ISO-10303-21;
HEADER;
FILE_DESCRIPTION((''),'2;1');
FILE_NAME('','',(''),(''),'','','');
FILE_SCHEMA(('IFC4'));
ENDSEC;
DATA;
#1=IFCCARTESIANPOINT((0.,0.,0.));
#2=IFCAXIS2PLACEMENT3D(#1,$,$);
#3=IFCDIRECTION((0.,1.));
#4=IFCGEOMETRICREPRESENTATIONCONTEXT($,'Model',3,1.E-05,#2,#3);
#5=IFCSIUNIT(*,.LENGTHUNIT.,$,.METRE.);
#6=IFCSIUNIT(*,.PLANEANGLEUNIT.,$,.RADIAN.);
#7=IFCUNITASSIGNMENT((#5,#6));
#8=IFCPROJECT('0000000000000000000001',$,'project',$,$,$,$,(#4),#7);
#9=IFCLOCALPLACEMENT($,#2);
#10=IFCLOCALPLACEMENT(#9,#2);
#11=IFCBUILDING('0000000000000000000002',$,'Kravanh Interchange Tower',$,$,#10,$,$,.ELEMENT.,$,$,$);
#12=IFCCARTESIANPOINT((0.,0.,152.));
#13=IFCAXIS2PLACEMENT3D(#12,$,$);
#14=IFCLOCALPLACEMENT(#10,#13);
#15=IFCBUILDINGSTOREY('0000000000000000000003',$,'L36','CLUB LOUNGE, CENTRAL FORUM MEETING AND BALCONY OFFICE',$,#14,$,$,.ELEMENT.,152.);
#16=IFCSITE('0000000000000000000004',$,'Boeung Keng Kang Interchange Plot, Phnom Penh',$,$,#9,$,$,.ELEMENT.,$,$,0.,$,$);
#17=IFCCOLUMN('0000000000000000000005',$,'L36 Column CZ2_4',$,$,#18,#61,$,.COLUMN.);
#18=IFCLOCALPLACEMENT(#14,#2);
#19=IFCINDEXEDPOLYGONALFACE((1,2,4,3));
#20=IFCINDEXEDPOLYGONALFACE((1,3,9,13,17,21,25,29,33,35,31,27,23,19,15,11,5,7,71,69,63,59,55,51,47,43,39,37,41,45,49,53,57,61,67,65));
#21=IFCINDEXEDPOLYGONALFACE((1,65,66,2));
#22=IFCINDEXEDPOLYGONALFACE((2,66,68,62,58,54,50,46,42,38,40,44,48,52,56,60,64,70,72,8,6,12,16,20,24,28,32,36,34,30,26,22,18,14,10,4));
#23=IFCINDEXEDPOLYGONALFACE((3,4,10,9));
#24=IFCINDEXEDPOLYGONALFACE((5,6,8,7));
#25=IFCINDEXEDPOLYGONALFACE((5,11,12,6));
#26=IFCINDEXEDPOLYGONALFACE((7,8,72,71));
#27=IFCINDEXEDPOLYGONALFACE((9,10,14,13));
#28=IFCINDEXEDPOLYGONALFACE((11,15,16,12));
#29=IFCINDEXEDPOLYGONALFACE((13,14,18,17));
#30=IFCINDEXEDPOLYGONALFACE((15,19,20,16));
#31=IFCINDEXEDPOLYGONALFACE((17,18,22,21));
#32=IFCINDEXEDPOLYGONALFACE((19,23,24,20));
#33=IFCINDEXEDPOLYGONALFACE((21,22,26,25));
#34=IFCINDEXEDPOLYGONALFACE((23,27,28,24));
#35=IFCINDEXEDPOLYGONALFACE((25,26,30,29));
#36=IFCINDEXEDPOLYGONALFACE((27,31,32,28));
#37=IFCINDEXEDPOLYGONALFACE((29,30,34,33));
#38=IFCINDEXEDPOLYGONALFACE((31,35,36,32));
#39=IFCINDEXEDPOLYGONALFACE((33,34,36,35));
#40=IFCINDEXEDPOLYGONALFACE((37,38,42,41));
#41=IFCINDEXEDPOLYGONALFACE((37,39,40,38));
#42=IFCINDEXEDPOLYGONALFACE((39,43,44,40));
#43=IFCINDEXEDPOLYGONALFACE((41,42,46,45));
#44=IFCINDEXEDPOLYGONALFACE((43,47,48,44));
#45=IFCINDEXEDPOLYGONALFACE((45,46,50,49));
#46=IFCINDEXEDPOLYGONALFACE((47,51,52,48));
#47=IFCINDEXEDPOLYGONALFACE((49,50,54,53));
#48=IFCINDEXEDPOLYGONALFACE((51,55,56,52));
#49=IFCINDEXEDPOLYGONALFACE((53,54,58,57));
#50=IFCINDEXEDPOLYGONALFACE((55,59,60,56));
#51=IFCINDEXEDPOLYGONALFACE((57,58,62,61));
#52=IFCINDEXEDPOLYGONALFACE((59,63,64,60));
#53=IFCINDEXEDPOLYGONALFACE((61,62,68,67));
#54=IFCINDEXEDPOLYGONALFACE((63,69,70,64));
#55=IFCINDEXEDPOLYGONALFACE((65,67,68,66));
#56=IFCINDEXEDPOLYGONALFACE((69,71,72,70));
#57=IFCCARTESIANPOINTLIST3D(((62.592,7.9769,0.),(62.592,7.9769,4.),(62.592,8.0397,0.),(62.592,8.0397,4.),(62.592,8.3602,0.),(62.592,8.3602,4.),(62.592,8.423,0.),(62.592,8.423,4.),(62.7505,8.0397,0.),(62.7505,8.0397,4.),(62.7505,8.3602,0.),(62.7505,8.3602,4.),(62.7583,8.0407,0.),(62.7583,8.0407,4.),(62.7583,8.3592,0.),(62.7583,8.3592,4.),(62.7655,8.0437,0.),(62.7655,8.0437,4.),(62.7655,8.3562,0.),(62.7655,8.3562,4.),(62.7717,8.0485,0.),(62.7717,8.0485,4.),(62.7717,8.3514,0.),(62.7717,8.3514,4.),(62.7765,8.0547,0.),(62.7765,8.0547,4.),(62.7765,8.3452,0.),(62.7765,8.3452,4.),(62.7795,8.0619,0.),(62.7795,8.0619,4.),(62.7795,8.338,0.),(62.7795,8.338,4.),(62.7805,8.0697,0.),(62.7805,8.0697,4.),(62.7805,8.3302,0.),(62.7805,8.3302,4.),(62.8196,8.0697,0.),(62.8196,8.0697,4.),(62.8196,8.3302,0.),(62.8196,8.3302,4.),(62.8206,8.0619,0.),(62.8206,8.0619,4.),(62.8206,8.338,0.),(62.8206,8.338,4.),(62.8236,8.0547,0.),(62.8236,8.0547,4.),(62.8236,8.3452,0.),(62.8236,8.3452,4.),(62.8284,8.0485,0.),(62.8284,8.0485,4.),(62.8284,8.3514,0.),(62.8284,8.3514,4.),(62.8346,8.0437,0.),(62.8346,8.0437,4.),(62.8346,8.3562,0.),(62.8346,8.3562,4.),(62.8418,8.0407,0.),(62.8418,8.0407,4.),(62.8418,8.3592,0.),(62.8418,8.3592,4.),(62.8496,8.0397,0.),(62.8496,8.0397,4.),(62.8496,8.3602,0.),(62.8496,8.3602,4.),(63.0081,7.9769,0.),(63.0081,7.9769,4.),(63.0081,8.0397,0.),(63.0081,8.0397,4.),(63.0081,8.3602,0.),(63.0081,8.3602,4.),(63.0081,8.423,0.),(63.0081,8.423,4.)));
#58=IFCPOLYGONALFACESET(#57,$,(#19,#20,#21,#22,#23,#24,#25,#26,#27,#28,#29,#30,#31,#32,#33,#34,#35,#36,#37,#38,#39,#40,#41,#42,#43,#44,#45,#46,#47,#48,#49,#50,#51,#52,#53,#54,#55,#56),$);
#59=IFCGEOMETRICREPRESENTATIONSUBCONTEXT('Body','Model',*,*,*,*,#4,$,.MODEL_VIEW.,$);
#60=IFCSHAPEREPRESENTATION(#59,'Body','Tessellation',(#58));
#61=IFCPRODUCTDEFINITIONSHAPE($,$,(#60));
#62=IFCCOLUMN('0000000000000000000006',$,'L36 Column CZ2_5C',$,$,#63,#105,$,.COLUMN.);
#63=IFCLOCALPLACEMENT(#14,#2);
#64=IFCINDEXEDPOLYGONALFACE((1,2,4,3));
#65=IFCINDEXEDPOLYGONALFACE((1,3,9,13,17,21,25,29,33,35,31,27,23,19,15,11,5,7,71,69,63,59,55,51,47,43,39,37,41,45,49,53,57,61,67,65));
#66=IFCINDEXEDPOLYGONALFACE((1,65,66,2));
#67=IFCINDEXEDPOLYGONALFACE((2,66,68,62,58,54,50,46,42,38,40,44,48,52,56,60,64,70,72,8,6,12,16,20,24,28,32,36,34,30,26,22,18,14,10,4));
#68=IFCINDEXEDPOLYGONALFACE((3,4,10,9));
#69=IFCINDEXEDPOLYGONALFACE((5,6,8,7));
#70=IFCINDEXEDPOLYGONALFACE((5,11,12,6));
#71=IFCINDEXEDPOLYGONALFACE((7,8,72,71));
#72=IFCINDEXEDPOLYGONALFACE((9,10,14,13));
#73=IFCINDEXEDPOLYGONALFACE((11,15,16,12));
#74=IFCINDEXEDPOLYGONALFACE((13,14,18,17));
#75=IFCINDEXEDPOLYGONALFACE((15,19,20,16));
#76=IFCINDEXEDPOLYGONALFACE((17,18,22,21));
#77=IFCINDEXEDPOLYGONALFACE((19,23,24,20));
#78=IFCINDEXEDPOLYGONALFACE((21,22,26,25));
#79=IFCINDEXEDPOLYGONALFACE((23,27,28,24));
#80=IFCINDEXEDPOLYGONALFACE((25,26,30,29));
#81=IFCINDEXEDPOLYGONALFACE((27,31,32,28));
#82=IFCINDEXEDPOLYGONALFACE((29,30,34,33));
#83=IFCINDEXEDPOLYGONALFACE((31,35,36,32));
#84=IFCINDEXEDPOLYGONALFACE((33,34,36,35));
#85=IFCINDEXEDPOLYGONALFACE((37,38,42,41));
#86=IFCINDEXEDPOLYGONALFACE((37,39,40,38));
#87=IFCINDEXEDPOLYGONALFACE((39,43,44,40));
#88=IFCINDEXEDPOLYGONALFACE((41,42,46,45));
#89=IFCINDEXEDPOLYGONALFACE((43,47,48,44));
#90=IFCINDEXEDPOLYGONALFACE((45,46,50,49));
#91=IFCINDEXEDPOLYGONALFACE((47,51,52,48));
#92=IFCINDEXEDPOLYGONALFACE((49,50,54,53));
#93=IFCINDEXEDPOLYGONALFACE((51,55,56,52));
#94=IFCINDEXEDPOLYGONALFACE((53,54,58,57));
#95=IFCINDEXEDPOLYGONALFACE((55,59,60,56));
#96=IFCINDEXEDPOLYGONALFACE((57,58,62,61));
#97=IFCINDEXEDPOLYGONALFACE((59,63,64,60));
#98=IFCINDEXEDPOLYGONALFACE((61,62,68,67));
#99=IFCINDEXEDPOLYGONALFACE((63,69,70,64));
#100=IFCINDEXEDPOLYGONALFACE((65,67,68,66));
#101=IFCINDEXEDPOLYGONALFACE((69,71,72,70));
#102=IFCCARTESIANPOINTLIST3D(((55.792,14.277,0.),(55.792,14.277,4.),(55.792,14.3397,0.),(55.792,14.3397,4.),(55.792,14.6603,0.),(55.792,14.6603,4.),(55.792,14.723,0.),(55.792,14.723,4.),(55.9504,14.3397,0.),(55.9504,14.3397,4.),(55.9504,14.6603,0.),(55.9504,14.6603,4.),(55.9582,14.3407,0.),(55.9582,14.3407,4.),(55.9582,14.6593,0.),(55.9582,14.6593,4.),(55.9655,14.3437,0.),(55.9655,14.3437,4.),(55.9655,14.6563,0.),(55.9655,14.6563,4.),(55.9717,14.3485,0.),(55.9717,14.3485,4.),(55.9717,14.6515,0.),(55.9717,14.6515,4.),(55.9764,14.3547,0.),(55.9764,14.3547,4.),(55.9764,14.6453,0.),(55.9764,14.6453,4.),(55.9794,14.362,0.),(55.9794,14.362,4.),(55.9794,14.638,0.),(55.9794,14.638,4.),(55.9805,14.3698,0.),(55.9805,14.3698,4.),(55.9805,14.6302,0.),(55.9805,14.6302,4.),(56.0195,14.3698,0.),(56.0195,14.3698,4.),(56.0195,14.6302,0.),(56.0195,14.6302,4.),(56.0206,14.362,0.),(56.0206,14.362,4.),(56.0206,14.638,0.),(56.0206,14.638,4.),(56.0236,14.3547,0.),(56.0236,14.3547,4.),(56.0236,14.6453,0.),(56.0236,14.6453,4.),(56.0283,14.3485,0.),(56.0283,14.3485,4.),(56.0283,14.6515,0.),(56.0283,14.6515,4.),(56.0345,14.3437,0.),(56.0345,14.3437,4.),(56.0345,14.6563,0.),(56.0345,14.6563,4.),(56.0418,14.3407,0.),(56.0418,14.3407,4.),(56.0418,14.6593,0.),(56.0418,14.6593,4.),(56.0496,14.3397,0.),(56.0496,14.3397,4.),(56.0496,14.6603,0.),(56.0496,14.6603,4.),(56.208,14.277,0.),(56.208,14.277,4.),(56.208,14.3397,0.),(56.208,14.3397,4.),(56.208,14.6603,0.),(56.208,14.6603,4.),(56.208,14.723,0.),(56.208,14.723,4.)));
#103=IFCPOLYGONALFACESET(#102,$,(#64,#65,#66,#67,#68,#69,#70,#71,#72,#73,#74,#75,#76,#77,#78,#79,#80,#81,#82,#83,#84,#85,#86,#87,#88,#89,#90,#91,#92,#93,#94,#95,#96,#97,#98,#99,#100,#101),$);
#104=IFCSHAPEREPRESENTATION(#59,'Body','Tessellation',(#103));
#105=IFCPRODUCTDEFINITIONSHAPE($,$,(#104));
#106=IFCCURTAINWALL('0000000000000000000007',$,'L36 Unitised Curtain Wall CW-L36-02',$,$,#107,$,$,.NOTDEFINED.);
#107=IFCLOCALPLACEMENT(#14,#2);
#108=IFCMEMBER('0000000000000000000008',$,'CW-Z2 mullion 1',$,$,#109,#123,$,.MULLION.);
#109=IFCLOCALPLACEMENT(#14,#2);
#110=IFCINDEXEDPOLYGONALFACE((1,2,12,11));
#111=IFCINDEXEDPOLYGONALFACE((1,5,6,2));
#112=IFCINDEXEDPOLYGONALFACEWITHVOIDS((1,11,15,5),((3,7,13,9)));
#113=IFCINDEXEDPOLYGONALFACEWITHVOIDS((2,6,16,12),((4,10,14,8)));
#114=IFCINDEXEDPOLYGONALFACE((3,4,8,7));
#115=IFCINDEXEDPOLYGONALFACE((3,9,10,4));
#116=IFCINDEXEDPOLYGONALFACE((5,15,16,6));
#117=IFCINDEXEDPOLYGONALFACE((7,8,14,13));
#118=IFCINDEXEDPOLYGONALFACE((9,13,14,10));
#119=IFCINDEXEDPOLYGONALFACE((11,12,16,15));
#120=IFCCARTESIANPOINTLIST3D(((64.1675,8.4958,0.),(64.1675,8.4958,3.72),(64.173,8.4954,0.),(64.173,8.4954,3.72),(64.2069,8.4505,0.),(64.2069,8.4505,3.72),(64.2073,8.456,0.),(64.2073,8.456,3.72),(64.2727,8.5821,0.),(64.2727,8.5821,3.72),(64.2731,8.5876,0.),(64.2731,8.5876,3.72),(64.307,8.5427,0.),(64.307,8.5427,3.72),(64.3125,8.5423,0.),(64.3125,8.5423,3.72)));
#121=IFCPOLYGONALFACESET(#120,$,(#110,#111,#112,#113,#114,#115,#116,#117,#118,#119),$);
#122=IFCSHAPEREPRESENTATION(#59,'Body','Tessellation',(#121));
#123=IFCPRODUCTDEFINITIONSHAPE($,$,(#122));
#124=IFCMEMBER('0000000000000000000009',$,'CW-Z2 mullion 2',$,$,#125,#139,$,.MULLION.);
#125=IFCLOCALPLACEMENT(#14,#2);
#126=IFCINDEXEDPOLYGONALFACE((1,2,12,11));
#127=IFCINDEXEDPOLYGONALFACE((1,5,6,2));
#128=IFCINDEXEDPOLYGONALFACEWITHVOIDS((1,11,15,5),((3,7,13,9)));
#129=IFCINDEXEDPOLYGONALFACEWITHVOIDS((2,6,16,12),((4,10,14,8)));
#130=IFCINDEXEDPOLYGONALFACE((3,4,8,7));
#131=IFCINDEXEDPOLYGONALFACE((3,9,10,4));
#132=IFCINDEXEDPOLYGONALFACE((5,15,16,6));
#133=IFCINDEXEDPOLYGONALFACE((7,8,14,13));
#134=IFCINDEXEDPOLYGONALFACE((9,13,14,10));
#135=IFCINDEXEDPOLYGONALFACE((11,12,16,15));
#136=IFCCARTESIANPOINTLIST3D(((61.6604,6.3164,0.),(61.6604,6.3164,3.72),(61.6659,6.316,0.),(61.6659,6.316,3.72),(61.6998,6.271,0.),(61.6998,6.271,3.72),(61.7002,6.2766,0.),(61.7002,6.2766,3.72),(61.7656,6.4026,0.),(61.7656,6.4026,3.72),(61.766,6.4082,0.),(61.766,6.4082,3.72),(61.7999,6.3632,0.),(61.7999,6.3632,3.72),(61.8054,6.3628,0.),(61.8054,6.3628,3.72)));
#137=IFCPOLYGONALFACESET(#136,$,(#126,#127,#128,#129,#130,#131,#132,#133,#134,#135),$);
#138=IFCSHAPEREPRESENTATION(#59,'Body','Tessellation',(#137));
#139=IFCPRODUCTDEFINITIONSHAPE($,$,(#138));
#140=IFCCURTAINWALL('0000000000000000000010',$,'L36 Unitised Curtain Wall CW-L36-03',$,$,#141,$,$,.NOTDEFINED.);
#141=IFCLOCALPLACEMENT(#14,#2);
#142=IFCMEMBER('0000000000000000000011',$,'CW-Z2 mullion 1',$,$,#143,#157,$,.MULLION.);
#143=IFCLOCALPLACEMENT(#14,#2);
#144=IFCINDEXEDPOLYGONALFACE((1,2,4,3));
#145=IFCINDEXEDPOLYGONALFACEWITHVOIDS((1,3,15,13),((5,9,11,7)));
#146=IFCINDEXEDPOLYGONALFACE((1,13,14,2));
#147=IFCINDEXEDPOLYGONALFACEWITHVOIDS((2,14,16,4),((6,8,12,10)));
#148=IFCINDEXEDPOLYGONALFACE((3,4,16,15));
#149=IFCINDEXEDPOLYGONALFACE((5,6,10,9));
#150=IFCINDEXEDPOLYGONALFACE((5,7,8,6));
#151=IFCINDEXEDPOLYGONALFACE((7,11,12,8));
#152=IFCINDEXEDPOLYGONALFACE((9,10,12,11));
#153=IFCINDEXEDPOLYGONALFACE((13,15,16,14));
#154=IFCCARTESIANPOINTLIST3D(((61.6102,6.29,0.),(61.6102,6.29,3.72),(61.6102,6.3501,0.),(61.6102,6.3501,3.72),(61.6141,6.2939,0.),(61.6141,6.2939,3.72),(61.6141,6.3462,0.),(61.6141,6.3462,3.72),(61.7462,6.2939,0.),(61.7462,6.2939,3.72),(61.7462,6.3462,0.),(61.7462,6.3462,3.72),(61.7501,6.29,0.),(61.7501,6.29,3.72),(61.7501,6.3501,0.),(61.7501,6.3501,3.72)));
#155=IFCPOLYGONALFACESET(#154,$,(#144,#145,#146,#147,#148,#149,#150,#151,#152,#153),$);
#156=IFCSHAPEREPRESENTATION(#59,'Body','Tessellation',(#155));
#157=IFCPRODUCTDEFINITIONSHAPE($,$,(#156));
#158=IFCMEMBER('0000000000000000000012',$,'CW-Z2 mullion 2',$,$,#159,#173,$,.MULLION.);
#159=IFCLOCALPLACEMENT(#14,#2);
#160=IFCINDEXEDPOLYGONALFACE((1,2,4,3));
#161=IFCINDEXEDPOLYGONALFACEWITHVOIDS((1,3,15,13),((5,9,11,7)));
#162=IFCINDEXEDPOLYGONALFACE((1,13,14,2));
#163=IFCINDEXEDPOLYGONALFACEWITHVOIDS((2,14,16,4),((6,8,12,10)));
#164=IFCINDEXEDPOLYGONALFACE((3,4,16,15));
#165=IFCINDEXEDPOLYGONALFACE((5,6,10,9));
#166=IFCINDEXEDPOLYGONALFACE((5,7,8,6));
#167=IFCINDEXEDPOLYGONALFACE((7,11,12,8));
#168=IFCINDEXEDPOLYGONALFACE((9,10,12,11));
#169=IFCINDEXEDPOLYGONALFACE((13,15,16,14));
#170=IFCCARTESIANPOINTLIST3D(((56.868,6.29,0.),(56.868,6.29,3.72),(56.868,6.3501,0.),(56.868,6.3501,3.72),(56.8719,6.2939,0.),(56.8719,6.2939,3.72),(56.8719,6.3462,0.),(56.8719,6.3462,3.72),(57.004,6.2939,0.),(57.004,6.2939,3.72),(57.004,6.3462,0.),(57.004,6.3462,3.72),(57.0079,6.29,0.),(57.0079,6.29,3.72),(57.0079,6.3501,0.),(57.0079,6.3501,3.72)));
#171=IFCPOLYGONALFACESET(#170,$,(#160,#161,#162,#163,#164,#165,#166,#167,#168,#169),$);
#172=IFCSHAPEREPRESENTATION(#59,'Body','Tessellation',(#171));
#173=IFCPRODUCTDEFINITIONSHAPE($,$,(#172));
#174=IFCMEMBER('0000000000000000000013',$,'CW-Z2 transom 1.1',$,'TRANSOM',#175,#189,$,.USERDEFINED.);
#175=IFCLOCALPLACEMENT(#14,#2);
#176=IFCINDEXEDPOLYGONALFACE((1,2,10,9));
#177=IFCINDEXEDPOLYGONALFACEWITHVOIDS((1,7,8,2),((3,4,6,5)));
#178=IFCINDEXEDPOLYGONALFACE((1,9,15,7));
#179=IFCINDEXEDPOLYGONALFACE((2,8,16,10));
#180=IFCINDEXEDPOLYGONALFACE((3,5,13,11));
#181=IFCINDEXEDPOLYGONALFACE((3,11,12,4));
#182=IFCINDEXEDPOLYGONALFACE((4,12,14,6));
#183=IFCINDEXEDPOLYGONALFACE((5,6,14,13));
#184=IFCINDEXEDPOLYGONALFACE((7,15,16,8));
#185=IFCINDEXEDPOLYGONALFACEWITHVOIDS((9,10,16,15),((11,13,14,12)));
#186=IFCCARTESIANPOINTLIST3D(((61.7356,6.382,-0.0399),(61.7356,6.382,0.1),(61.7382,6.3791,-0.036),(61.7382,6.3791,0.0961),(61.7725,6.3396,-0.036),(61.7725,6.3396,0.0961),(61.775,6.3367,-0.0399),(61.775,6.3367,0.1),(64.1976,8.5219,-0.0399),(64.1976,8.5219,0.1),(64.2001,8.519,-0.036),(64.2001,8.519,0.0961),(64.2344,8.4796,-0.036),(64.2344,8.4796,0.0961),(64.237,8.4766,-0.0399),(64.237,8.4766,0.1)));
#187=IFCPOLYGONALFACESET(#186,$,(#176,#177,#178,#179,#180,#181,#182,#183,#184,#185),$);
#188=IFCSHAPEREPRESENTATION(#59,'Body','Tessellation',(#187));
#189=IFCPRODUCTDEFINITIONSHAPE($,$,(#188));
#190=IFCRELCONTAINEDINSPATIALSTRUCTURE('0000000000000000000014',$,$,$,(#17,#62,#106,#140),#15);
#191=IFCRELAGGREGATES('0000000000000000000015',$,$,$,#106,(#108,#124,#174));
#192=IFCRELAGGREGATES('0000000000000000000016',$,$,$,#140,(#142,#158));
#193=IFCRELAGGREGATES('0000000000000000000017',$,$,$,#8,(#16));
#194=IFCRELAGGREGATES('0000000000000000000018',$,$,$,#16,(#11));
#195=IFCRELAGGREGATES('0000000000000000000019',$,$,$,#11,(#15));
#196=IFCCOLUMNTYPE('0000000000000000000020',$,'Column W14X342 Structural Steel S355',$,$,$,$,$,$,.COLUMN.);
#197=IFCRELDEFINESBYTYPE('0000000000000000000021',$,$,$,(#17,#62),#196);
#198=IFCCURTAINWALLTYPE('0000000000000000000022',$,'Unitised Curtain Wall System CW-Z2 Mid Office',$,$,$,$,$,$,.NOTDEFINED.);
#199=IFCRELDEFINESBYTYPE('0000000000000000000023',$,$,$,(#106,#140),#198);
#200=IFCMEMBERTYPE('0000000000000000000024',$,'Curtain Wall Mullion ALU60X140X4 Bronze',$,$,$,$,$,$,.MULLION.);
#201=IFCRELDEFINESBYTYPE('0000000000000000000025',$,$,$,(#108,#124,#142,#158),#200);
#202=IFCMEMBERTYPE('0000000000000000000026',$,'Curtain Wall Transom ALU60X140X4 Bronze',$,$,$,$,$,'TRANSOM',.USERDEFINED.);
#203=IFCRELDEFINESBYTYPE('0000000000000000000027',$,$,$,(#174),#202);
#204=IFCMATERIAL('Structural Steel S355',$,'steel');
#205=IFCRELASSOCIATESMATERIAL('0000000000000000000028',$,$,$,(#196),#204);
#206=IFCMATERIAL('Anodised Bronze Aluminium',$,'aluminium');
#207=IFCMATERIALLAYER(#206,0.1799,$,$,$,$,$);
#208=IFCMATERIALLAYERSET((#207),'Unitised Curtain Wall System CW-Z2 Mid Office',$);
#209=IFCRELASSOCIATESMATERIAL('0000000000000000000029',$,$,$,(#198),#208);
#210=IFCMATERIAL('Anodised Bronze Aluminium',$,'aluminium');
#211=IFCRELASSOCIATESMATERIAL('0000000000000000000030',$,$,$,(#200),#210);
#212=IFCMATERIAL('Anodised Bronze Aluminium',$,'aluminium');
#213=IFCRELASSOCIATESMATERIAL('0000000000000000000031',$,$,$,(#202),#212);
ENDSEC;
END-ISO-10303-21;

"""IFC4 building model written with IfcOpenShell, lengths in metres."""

from ifc_helpers import new_model, si_unit, direction, frame, origin, origin_2d, place, context, subcontext, project, spatial, hollow_rectangle, i_section, extrude, material, layer, layer_set, material_profile, profile_set, type_object, element, aggregate, save


model = new_model("IFC4")

# Units and contexts
model_context = context("Model", 3, precision=1e-05, world=origin(), true_north=direction((0.0, 1.0)))
body_context = subcontext(model_context, "Body", "Model", "MODEL_VIEW")
ifc_project = project(units=[si_unit("LENGTHUNIT", "METRE"), si_unit("PLANEANGLEUNIT", "RADIAN")], contexts=[model_context])

# Site, building, storey
site_placement = place(None, origin())
site = spatial("IfcSite", under=ifc_project, at=site_placement, Name="Boeung Keng Kang Interchange Plot, Phnom Penh", CompositionType="ELEMENT", RefElevation=0.0)
building_placement = place(site_placement, origin())
building = spatial("IfcBuilding", under=site, at=building_placement, Name="Kravanh Interchange Tower", CompositionType="ELEMENT")
storey_placement = place(building_placement, frame((0.0, 0.0, 152.0)))
storey = spatial("IfcBuildingStorey", under=building, at=storey_placement, Name="L36", Description="CLUB LOUNGE, CENTRAL FORUM MEETING AND BALCONY OFFICE", CompositionType="ELEMENT", Elevation=152.0)

# Columns
ifc_material_1 = material(Name="Structural Steel S355", Category="steel")
ifc_material_profile_1 = material_profile(ifc_material_1, i_section(OverallWidth=0.416, OverallDepth=0.446, WebThickness=0.0391, FlangeThickness=0.0627, FilletRadius=0.03, at=origin_2d()), Name="W14X342")
ifc_profile_set_1 = profile_set([ifc_material_profile_1], Name="Structural Steel S355")
column_type = type_object("IfcColumnType", Name="Column W14X342 Structural Steel S355", PredefinedType="COLUMN", material=ifc_profile_set_1)
for number, where, z_axis, x_axis, name in (
    (1, (62.8, 8.2, 0.0), (0.0, 0.0, 1.0), (1.0, 0.0, 0.0), "L36 Column CZ2_4"),
    (2, (56.0, 14.5, 0.0), (0.0, 0.0, 1.0), (1.0, 0.0, 0.0), "L36 Column CZ2_5C"),
):
    element("IfcColumn", number, at=place(storey_placement, frame(where, z_axis=z_axis, x_axis=x_axis)), inside=storey, type_object=column_type, Name=name, PredefinedType="COLUMN", context=body_context, shape_type="SweptSolid", body=[
        extrude(i_section(OverallWidth=0.416, OverallDepth=0.446, WebThickness=0.0391, FlangeThickness=0.0627, FilletRadius=0.03, at=origin_2d()), origin(), (0.0, 0.0, 1.0), 4.0),
    ])

# Curtain walls, members
ifc_material_2 = material(Name="Anodised Bronze Aluminium", Category="aluminium")
ifc_layer_1 = layer(ifc_material_2, 0.1799)
ifc_layer_set_1 = layer_set([ifc_layer_1], Name="Unitised Curtain Wall System CW-Z2 Mid Office")
curtain_wall_type = type_object("IfcCurtainWallType", Name="Unitised Curtain Wall System CW-Z2 Mid Office", PredefinedType="NOTDEFINED", material=ifc_layer_set_1)
curtain_wall_1_placement = place(storey_placement, origin())
curtain_wall_1 = element("IfcCurtainWall", 3, at=curtain_wall_1_placement, inside=storey, type_object=curtain_wall_type, Name="L36 Unitised Curtain Wall CW-L36-02", PredefinedType="NOTDEFINED")
ifc_material_3 = material(Name="Anodised Bronze Aluminium", Category="aluminium")
ifc_material_profile_2 = material_profile(ifc_material_3, hollow_rectangle(XDim=0.0601, YDim=0.1399, WallThickness=0.0039, at=origin_2d()), Name="ALU60X140X4")
ifc_profile_set_2 = profile_set([ifc_material_profile_2], Name="Anodised Bronze Aluminium")
member_type_1 = type_object("IfcMemberType", Name="Curtain Wall Mullion ALU60X140X4 Bronze", PredefinedType="MULLION", material=ifc_profile_set_2)
member_1_placement = place(storey_placement, frame((64.24, 8.519, 0.0), z_axis=(0.0, 0.0, 1.0), x_axis=(0.656048, -0.754719, 0.0)))
member_1 = element("IfcMember", 4, at=member_1_placement, type_object=member_type_1, Name="CW-Z2 mullion 1", PredefinedType="MULLION", context=body_context, shape_type="SweptSolid", body=[
    extrude(hollow_rectangle(XDim=0.0601, YDim=0.1399, WallThickness=0.0039, at=origin_2d()), origin(), (0.0, 0.0, 1.0), 3.72),
])
member_2_placement = place(storey_placement, frame((61.7329, 6.3396, 0.0), z_axis=(0.0, 0.0, 1.0), x_axis=(0.656048, -0.754719, 0.0)))
member_2 = element("IfcMember", 5, at=member_2_placement, type_object=member_type_1, Name="CW-Z2 mullion 2", PredefinedType="MULLION", context=body_context, shape_type="SweptSolid", body=[
    extrude(hollow_rectangle(XDim=0.0601, YDim=0.1399, WallThickness=0.0039, at=origin_2d()), origin(), (0.0, 0.0, 1.0), 3.72),
])
curtain_wall_2_placement = place(storey_placement, origin())
curtain_wall_2 = element("IfcCurtainWall", 6, at=curtain_wall_2_placement, inside=storey, type_object=curtain_wall_type, Name="L36 Unitised Curtain Wall CW-L36-03", PredefinedType="NOTDEFINED")
member_3_placement = place(storey_placement, frame((61.6802, 6.3201, 0.0), z_axis=(0.0, 0.0, 1.0), x_axis=(0.0, -1.0, 0.0)))
member_3 = element("IfcMember", 7, at=member_3_placement, type_object=member_type_1, Name="CW-Z2 mullion 1", PredefinedType="MULLION", context=body_context, shape_type="SweptSolid", body=[
    extrude(hollow_rectangle(XDim=0.0601, YDim=0.1399, WallThickness=0.0039, at=origin_2d()), origin(), (0.0, 0.0, 1.0), 3.72),
])
member_4_placement = place(storey_placement, frame((56.938, 6.3201, 0.0), z_axis=(0.0, 0.0, 1.0), x_axis=(0.0, -1.0, 0.0)))
member_4 = element("IfcMember", 8, at=member_4_placement, type_object=member_type_1, Name="CW-Z2 mullion 2", PredefinedType="MULLION", context=body_context, shape_type="SweptSolid", body=[
    extrude(hollow_rectangle(XDim=0.0601, YDim=0.1399, WallThickness=0.0039, at=origin_2d()), origin(), (0.0, 0.0, 1.0), 3.72),
])

# Member
ifc_material_4 = material(Name="Anodised Bronze Aluminium", Category="aluminium")
ifc_material_profile_3 = material_profile(ifc_material_4, hollow_rectangle(XDim=0.0601, YDim=0.1399, WallThickness=0.0039, at=origin_2d()), Name="ALU60X140X4")
ifc_profile_set_3 = profile_set([ifc_material_profile_3], Name="Anodised Bronze Aluminium")
member_type_2 = type_object("IfcMemberType", Name="Curtain Wall Transom ALU60X140X4 Bronze", ElementType="TRANSOM", PredefinedType="USERDEFINED", material=ifc_profile_set_3)
member_5_placement = place(storey_placement, frame((64.2173, 8.4993, 0.03), z_axis=(-0.754742, -0.656021, 0.0), x_axis=(0.656021, -0.754742, 0.0)))
member_5 = element("IfcMember", 9, at=member_5_placement, type_object=member_type_2, Name="CW-Z2 transom 1.1", ObjectType="TRANSOM", PredefinedType="USERDEFINED", context=body_context, shape_type="SweptSolid", body=[
    extrude(hollow_rectangle(XDim=0.0601, YDim=0.1399, WallThickness=0.0039, at=origin_2d()), origin(), (0.0, 0.0, 1.0), 3.262),
])

aggregate(curtain_wall_1, [member_1, member_2, member_5])
aggregate(curtain_wall_2, [member_3, member_4])

save(model, "model.ifc")
